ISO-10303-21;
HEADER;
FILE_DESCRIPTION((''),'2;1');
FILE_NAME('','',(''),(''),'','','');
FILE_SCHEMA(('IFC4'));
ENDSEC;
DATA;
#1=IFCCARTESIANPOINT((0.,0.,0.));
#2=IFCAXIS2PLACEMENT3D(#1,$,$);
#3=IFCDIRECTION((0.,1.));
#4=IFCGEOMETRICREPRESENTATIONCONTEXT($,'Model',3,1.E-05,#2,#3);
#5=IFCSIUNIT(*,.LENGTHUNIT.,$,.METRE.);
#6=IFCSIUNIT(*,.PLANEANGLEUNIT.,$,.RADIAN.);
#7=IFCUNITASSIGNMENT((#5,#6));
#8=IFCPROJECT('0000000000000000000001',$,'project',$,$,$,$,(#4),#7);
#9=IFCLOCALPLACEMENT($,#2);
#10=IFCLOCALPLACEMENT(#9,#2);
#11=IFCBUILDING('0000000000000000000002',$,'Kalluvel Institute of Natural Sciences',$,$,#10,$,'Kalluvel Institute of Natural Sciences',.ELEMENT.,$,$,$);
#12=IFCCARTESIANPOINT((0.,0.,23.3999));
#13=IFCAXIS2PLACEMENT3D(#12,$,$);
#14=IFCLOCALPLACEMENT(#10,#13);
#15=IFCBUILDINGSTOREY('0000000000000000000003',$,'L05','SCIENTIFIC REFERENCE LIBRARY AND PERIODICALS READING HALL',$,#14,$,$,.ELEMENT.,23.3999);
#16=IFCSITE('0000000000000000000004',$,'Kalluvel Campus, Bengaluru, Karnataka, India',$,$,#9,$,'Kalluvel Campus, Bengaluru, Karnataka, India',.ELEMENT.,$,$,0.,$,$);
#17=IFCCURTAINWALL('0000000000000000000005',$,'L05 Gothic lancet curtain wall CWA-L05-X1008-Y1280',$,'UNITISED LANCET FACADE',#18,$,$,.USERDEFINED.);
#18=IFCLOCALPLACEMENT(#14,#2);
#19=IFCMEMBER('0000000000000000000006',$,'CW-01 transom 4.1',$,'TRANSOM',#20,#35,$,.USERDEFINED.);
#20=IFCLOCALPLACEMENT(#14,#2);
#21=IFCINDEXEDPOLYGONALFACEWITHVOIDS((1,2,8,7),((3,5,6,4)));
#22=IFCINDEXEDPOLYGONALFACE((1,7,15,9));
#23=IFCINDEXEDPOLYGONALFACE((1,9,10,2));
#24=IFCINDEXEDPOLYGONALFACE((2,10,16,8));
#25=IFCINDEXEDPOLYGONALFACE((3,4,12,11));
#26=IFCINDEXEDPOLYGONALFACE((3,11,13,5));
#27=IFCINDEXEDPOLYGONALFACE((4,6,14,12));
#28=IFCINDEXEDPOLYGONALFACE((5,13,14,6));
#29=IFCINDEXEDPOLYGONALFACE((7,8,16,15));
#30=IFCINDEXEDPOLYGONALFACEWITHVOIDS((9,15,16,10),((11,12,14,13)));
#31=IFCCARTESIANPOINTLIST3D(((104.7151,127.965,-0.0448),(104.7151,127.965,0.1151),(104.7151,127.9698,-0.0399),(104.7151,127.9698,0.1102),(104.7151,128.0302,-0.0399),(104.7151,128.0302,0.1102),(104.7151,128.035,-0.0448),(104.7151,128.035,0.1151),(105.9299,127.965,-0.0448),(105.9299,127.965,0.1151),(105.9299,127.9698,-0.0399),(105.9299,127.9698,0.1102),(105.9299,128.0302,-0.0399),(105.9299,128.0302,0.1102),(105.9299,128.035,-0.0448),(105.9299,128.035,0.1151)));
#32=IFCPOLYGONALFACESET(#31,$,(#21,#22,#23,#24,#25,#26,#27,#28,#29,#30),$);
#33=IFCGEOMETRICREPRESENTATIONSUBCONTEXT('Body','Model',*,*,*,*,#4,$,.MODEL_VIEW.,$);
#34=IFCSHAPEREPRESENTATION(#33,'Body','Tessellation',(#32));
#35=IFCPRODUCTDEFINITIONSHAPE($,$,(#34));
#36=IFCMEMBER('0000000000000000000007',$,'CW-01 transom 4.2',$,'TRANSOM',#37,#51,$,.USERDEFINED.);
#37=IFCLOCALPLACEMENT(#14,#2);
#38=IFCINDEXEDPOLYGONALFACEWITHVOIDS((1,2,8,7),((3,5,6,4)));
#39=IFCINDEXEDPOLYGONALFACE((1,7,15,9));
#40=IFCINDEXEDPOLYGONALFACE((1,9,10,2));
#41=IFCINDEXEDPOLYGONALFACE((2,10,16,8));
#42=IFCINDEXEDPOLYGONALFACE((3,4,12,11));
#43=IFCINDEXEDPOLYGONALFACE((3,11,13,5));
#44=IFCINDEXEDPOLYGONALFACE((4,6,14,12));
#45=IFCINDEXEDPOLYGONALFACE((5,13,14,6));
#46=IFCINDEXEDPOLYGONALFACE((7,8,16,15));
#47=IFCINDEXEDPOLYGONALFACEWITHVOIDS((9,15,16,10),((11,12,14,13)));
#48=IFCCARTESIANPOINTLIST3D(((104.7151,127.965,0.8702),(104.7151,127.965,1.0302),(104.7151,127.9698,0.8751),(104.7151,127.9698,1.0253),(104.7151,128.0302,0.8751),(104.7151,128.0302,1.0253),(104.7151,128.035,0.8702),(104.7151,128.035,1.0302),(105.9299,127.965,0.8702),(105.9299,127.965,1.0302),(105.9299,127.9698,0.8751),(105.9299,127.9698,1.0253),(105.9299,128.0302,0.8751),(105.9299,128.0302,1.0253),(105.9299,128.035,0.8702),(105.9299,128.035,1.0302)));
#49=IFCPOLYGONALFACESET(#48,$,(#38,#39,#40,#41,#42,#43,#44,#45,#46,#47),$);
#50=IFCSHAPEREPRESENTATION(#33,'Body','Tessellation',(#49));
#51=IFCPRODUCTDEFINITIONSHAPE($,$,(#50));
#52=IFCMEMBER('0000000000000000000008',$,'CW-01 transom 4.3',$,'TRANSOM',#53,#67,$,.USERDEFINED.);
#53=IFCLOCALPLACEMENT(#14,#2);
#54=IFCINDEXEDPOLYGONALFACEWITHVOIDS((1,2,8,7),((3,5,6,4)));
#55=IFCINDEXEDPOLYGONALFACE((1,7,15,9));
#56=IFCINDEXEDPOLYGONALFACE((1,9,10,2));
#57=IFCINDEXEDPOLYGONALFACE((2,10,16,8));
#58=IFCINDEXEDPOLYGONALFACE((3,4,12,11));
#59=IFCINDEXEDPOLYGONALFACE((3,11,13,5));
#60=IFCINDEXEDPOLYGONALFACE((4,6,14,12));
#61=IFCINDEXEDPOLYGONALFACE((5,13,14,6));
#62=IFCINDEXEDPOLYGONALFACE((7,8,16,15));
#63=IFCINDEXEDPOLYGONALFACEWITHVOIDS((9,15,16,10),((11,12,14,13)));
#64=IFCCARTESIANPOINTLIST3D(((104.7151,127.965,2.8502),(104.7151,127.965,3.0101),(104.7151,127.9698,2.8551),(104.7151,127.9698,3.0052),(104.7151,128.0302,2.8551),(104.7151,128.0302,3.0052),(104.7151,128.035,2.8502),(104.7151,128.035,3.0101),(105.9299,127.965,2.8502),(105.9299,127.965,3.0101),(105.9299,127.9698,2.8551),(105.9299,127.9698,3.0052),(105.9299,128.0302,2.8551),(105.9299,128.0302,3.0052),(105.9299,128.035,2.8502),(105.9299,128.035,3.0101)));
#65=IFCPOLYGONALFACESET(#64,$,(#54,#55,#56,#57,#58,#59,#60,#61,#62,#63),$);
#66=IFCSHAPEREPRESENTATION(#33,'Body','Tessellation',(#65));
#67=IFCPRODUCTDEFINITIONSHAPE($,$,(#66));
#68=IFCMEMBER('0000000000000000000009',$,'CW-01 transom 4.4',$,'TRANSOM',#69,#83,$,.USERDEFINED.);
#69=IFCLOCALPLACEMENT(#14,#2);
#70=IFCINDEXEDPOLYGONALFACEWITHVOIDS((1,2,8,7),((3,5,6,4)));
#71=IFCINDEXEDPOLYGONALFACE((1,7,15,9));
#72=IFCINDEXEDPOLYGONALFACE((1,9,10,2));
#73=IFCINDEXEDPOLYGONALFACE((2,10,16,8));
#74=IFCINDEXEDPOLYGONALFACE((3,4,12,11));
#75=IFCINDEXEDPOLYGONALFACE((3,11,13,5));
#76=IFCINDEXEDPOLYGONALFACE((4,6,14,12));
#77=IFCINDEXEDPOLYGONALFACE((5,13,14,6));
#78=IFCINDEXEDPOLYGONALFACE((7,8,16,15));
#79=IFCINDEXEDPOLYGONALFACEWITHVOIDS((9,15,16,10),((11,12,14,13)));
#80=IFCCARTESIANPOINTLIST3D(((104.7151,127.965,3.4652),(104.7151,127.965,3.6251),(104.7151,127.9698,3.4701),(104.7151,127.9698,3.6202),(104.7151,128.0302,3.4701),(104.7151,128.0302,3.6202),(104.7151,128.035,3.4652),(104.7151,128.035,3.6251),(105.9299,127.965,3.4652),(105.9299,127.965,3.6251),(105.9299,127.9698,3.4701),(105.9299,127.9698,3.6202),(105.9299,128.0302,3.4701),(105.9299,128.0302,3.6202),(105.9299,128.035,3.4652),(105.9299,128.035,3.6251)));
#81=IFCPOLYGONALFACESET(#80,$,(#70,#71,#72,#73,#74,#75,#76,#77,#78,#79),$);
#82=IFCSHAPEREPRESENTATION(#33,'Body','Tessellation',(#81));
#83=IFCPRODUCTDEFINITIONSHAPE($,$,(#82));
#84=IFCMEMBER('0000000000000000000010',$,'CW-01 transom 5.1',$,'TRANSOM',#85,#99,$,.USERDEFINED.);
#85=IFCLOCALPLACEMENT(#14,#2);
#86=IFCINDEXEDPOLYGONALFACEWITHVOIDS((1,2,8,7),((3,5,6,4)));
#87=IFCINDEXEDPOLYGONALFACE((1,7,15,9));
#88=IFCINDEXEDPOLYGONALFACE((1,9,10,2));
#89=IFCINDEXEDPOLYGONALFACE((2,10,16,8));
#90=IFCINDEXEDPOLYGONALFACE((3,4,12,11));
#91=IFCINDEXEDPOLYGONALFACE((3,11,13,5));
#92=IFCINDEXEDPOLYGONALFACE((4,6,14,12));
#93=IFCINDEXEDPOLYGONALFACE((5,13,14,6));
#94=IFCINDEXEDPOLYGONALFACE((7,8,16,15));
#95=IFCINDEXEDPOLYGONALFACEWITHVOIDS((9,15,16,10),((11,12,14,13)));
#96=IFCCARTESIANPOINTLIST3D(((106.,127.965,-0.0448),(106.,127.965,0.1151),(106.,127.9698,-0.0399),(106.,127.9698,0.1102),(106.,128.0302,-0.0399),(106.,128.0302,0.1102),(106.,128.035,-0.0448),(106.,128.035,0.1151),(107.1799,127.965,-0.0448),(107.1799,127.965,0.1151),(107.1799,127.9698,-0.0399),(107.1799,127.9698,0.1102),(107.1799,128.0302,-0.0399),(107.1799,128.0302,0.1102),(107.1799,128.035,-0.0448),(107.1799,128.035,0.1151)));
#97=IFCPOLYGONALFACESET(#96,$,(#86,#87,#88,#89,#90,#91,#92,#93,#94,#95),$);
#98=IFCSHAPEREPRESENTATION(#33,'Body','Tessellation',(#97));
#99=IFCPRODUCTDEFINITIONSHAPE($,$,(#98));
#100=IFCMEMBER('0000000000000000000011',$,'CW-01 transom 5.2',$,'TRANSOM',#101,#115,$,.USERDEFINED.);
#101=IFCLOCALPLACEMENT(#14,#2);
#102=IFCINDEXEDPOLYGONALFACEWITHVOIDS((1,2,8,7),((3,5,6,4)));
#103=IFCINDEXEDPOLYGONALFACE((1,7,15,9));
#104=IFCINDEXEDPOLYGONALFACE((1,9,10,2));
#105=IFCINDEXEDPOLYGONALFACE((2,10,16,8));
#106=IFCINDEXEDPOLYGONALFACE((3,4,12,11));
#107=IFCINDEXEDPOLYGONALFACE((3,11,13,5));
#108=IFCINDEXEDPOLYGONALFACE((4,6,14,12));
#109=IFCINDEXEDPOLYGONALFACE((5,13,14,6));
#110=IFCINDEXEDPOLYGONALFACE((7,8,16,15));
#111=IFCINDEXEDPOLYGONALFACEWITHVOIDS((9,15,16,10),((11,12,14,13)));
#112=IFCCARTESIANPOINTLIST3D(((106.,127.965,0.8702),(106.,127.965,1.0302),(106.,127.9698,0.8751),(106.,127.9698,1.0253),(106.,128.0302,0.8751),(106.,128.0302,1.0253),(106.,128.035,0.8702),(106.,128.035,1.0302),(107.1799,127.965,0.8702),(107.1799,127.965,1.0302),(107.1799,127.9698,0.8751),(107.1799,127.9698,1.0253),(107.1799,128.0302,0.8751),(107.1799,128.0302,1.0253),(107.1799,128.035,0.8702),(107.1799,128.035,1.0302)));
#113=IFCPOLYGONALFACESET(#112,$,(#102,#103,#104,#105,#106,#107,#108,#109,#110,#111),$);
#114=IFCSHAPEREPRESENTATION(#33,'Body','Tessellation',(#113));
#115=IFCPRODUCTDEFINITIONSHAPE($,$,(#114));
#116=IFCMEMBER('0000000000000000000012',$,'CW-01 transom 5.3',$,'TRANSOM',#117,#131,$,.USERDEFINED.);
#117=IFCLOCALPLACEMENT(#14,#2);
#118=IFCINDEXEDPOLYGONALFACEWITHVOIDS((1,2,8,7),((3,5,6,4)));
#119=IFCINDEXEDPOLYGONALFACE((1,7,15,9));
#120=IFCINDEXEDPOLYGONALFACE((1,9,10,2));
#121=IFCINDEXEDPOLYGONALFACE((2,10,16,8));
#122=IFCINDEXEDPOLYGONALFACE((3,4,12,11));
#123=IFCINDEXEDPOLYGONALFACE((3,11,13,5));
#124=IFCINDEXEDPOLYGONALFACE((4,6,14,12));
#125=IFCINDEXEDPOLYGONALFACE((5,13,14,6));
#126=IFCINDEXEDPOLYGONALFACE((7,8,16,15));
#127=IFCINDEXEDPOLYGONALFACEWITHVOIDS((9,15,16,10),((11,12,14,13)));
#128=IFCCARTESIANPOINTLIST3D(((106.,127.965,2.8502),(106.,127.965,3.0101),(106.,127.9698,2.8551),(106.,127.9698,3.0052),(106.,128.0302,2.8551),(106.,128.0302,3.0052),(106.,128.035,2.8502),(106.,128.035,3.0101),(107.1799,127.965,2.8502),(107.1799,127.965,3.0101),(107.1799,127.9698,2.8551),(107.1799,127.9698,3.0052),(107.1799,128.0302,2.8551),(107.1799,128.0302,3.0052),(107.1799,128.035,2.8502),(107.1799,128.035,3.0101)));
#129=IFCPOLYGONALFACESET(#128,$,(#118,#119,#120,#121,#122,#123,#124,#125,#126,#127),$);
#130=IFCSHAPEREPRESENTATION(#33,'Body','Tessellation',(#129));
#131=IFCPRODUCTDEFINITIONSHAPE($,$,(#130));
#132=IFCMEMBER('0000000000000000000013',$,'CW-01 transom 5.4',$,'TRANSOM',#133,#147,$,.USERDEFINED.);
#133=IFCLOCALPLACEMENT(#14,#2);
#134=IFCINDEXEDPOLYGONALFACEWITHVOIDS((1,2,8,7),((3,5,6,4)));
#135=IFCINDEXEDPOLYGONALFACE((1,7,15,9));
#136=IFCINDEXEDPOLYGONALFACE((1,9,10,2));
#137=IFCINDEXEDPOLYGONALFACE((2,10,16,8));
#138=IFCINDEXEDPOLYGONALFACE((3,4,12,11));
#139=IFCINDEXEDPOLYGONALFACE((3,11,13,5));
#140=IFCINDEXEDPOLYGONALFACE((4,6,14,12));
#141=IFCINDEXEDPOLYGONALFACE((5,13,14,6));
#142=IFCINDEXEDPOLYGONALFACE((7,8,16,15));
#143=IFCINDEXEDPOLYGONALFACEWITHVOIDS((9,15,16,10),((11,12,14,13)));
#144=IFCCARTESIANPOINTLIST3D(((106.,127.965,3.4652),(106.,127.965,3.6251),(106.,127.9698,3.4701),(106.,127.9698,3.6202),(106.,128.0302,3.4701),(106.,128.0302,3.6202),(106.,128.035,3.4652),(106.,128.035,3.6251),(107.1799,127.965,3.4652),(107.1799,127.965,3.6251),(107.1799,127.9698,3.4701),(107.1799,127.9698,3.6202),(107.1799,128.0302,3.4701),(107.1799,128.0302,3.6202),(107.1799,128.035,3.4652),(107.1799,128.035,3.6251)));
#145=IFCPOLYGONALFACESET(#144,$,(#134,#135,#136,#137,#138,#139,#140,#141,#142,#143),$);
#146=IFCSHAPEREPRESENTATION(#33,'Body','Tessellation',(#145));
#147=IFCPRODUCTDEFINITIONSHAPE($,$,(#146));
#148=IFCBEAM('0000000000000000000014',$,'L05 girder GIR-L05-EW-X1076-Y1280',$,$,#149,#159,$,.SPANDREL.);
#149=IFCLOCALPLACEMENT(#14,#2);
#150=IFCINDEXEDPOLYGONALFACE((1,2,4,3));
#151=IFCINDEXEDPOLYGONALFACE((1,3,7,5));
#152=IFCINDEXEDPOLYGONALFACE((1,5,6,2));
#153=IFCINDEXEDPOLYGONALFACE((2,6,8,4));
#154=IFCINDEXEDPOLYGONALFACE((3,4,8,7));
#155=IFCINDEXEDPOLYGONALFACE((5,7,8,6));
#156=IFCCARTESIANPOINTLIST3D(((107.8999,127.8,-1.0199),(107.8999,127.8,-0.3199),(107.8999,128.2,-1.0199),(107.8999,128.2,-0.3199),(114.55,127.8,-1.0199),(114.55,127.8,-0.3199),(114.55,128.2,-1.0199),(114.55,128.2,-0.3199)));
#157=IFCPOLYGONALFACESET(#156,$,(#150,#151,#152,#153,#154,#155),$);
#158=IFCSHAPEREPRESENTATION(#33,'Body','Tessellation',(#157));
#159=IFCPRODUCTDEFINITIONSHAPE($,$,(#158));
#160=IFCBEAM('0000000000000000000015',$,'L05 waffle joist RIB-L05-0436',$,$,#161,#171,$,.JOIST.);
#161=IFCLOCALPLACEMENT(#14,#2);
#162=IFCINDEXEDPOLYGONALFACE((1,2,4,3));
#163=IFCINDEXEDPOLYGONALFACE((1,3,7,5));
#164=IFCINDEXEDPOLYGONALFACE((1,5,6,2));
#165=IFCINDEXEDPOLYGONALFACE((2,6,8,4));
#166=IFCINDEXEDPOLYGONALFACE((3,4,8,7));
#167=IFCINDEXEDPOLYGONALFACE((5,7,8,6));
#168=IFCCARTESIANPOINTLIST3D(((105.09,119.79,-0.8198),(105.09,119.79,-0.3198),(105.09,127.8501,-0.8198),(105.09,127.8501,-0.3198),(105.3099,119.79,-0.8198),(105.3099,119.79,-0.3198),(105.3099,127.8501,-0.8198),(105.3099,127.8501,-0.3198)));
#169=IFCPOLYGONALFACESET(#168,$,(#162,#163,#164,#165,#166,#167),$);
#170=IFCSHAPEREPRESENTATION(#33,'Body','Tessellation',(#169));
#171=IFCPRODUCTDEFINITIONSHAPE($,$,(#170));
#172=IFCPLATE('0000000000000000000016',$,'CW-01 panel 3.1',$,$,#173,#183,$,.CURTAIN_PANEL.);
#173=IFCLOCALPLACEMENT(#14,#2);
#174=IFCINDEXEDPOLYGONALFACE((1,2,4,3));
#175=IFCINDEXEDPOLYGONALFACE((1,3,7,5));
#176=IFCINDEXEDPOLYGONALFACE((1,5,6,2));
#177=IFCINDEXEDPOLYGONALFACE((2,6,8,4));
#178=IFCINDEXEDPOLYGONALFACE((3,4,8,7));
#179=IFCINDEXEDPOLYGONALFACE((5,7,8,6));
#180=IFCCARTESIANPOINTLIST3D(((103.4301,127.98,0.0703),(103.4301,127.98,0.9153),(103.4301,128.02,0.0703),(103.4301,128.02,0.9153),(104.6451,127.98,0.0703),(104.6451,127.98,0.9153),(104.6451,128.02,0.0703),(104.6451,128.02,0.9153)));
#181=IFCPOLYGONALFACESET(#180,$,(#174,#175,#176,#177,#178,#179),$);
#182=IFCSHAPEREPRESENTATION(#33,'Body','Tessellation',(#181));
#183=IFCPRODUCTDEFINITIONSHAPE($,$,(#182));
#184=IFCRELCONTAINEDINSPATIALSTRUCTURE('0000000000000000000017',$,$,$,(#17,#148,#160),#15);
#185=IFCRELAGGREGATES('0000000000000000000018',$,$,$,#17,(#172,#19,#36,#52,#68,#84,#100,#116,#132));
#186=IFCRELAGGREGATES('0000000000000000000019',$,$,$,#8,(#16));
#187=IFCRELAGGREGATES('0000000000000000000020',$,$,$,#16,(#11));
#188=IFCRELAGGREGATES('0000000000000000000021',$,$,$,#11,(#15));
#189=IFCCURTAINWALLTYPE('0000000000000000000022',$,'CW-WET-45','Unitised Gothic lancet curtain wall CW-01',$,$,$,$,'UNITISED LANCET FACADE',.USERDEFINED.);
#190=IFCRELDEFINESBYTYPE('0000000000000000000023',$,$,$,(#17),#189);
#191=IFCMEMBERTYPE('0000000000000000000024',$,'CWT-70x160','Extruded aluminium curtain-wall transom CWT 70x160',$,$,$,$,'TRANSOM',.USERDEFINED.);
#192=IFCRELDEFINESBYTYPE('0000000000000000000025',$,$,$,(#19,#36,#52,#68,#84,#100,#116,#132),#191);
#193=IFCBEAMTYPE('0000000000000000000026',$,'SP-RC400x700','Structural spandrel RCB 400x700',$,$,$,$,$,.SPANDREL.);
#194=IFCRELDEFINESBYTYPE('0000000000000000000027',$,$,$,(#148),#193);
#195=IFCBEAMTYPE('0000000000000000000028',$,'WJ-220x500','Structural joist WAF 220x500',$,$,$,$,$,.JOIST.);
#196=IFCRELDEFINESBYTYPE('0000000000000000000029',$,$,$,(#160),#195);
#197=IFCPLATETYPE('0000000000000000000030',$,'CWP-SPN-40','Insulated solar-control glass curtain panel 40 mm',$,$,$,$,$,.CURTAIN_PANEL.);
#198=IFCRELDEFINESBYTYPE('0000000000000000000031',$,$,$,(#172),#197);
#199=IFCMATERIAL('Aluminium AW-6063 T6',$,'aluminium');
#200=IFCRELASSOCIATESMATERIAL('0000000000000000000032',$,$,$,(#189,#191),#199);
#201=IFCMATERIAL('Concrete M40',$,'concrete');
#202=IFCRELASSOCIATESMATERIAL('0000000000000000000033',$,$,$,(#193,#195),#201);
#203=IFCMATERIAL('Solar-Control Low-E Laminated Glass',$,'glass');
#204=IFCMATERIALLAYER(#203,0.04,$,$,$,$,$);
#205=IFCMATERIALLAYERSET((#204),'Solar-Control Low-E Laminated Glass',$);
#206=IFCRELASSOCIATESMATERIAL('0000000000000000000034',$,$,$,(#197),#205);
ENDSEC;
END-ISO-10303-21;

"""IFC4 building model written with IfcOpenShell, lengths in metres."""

from ifc_helpers import new_model, si_unit, direction, frame, origin, origin_2d, place, context, subcontext, project, spatial, rectangle, hollow_rectangle, extrude, material, layer, layer_set, material_profile, profile_set, type_object, element, aggregate, save


model = new_model("IFC4")

# Units and contexts
model_context = context("Model", 3, precision=1e-05, world=origin(), true_north=direction((0.0, 1.0)))
body_context = subcontext(model_context, "Body", "Model", "MODEL_VIEW")
ifc_project = project(units=[si_unit("LENGTHUNIT", "METRE"), si_unit("PLANEANGLEUNIT", "RADIAN")], contexts=[model_context])

# Site, building, storey
site_placement = place(None, origin())
site = spatial("IfcSite", under=ifc_project, at=site_placement, Name="Kalluvel Campus, Bengaluru, Karnataka, India", LongName="Kalluvel Campus, Bengaluru, Karnataka, India", CompositionType="ELEMENT", RefElevation=0.0)
building_placement = place(site_placement, origin())
building = spatial("IfcBuilding", under=site, at=building_placement, Name="Kalluvel Institute of Natural Sciences", LongName="Kalluvel Institute of Natural Sciences", CompositionType="ELEMENT")
storey_placement = place(building_placement, frame((0.0, 0.0, 23.3999)))
storey = spatial("IfcBuildingStorey", under=building, at=storey_placement, Name="L05", Description="SCIENTIFIC REFERENCE LIBRARY AND PERIODICALS READING HALL", CompositionType="ELEMENT", Elevation=23.3999)

# Shared definitions
ifc_material_1 = material(Name="Concrete M40", Category="concrete")

# Curtain wall
ifc_material_2 = material(Name="Aluminium AW-6063 T6", Category="aluminium")
curtain_wall_type = type_object("IfcCurtainWallType", Name="CW-WET-45", Description="Unitised Gothic lancet curtain wall CW-01", ElementType="UNITISED LANCET FACADE", PredefinedType="USERDEFINED", material=ifc_material_2)
curtain_wall_1_placement = place(storey_placement, origin())
curtain_wall_1 = element("IfcCurtainWall", 1, at=curtain_wall_1_placement, inside=storey, type_object=curtain_wall_type, Name="L05 Gothic lancet curtain wall CWA-L05-X1008-Y1280", ObjectType="UNITISED LANCET FACADE", PredefinedType="USERDEFINED")

# Members
ifc_material_profile_1 = material_profile(ifc_material_2, hollow_rectangle(XDim=0.0701, YDim=0.1599, WallThickness=0.0049, at=origin_2d()), Name="CWT 70x160")
ifc_profile_set_1 = profile_set([ifc_material_profile_1], Name="Aluminium AW-6063 T6")
member_type_1 = type_object("IfcMemberType", Name="CWT-70x160", Description="Extruded aluminium curtain-wall transom CWT 70x160", ElementType="TRANSOM", PredefinedType="USERDEFINED", material=ifc_profile_set_1)
member_1_placement = place(storey_placement, frame((104.7151, 128.0, 0.0352), z_axis=(1.0, 0.0, 0.0), x_axis=(0.0, 1.0, 0.0)))
member_1 = element("IfcMember", 2, at=member_1_placement, type_object=member_type_1, Name="CW-01 transom 4.1", ObjectType="TRANSOM", PredefinedType="USERDEFINED", context=body_context, shape_type="SweptSolid", body=[
    extrude(hollow_rectangle(XDim=0.0701, YDim=0.1599, WallThickness=0.0049, at=origin_2d()), origin(), (0.0, 0.0, 1.0), 1.2148),
])
member_2_placement = place(storey_placement, frame((104.7151, 128.0, 0.9502), z_axis=(1.0, 0.0, 0.0), x_axis=(0.0, 1.0, 0.0)))
member_2 = element("IfcMember", 3, at=member_2_placement, type_object=member_type_1, Name="CW-01 transom 4.2", ObjectType="TRANSOM", PredefinedType="USERDEFINED", context=body_context, shape_type="SweptSolid", body=[
    extrude(hollow_rectangle(XDim=0.0701, YDim=0.1599, WallThickness=0.0049, at=origin_2d()), origin(), (0.0, 0.0, 1.0), 1.2148),
])
member_3_placement = place(storey_placement, frame((104.7151, 128.0, 2.9302), z_axis=(1.0, 0.0, 0.0), x_axis=(0.0, 1.0, 0.0)))
member_3 = element("IfcMember", 4, at=member_3_placement, type_object=member_type_1, Name="CW-01 transom 4.3", ObjectType="TRANSOM", PredefinedType="USERDEFINED", context=body_context, shape_type="SweptSolid", body=[
    extrude(hollow_rectangle(XDim=0.0701, YDim=0.1599, WallThickness=0.0049, at=origin_2d()), origin(), (0.0, 0.0, 1.0), 1.2148),
])
member_4_placement = place(storey_placement, frame((104.7151, 128.0, 3.5452), z_axis=(1.0, 0.0, 0.0), x_axis=(0.0, 1.0, 0.0)))
member_4 = element("IfcMember", 5, at=member_4_placement, type_object=member_type_1, Name="CW-01 transom 4.4", ObjectType="TRANSOM", PredefinedType="USERDEFINED", context=body_context, shape_type="SweptSolid", body=[
    extrude(hollow_rectangle(XDim=0.0701, YDim=0.1599, WallThickness=0.0049, at=origin_2d()), origin(), (0.0, 0.0, 1.0), 1.2148),
])
member_5_placement = place(storey_placement, frame((106.0, 128.0, 0.0352), z_axis=(1.0, 0.0, 0.0), x_axis=(0.0, 1.0, 0.0)))
member_5 = element("IfcMember", 6, at=member_5_placement, type_object=member_type_1, Name="CW-01 transom 5.1", ObjectType="TRANSOM", PredefinedType="USERDEFINED", context=body_context, shape_type="SweptSolid", body=[
    extrude(hollow_rectangle(XDim=0.0701, YDim=0.1599, WallThickness=0.0049, at=origin_2d()), origin(), (0.0, 0.0, 1.0), 1.1799),
])
member_6_placement = place(storey_placement, frame((106.0, 128.0, 0.9502), z_axis=(1.0, 0.0, 0.0), x_axis=(0.0, 1.0, 0.0)))
member_6 = element("IfcMember", 7, at=member_6_placement, type_object=member_type_1, Name="CW-01 transom 5.2", ObjectType="TRANSOM", PredefinedType="USERDEFINED", context=body_context, shape_type="SweptSolid", body=[
    extrude(hollow_rectangle(XDim=0.0701, YDim=0.1599, WallThickness=0.0049, at=origin_2d()), origin(), (0.0, 0.0, 1.0), 1.1799),
])
member_7_placement = place(storey_placement, frame((106.0, 128.0, 2.9302), z_axis=(1.0, 0.0, 0.0), x_axis=(0.0, 1.0, 0.0)))
member_7 = element("IfcMember", 8, at=member_7_placement, type_object=member_type_1, Name="CW-01 transom 5.3", ObjectType="TRANSOM", PredefinedType="USERDEFINED", context=body_context, shape_type="SweptSolid", body=[
    extrude(hollow_rectangle(XDim=0.0701, YDim=0.1599, WallThickness=0.0049, at=origin_2d()), origin(), (0.0, 0.0, 1.0), 1.1799),
])
member_8_placement = place(storey_placement, frame((106.0, 128.0, 3.5452), z_axis=(1.0, 0.0, 0.0), x_axis=(0.0, 1.0, 0.0)))
member_8 = element("IfcMember", 9, at=member_8_placement, type_object=member_type_1, Name="CW-01 transom 5.4", ObjectType="TRANSOM", PredefinedType="USERDEFINED", context=body_context, shape_type="SweptSolid", body=[
    extrude(hollow_rectangle(XDim=0.0701, YDim=0.1599, WallThickness=0.0049, at=origin_2d()), origin(), (0.0, 0.0, 1.0), 1.1799),
])

# Beams
ifc_material_profile_2 = material_profile(ifc_material_1, rectangle(XDim=0.3999, YDim=0.7, at=origin_2d()), Name="RCB 400x700")
ifc_profile_set_2 = profile_set([ifc_material_profile_2], Name="Concrete M40")
beam_type_1 = type_object("IfcBeamType", Name="SP-RC400x700", Description="Structural spandrel RCB 400x700", PredefinedType="SPANDREL", material=ifc_profile_set_2)
beam_1_placement = place(storey_placement, frame((107.8999, 128.0, -0.6699), z_axis=(1.0, 0.0, 0.0), x_axis=(0.0, 1.0, 0.0)))
element("IfcBeam", 10, at=beam_1_placement, inside=storey, type_object=beam_type_1, Name="L05 girder GIR-L05-EW-X1076-Y1280", PredefinedType="SPANDREL", context=body_context, shape_type="SweptSolid", body=[
    extrude(rectangle(XDim=0.3999, YDim=0.7, at=origin_2d()), origin(), (0.0, 0.0, 1.0), 6.6501),
])
ifc_material_profile_3 = material_profile(ifc_material_1, rectangle(XDim=0.22, YDim=0.5, at=origin_2d()), Name="WAF 220x500")
ifc_profile_set_3 = profile_set([ifc_material_profile_3], Name="Concrete M40")
beam_type_2 = type_object("IfcBeamType", Name="WJ-220x500", Description="Structural joist WAF 220x500", PredefinedType="JOIST", material=ifc_profile_set_3)
beam_2_placement = place(storey_placement, frame((105.2, 119.79, -0.5698), z_axis=(0.0, 1.0, 0.0), x_axis=(-1.0, 0.0, 0.0)))
element("IfcBeam", 11, at=beam_2_placement, inside=storey, type_object=beam_type_2, Name="L05 waffle joist RIB-L05-0436", PredefinedType="JOIST", context=body_context, shape_type="SweptSolid", body=[
    extrude(rectangle(XDim=0.22, YDim=0.5, at=origin_2d()), origin(), (0.0, 0.0, 1.0), 8.0601),
])

# Plate
ifc_material_3 = material(Name="Solar-Control Low-E Laminated Glass", Category="glass")
ifc_layer = layer(ifc_material_3, 0.04)
ifc_layer_set = layer_set([ifc_layer], Name="Solar-Control Low-E Laminated Glass")
plate_type = type_object("IfcPlateType", Name="CWP-SPN-40", Description="Insulated solar-control glass curtain panel 40 mm", PredefinedType="CURTAIN_PANEL", material=ifc_layer_set)
plate_1_placement = place(storey_placement, frame((104.0376, 128.0, 0.0703), z_axis=(0.0, 0.0, 1.0), x_axis=(1.0, 0.0, 0.0)))
plate_1 = element("IfcPlate", 12, at=plate_1_placement, type_object=plate_type, Name="CW-01 panel 3.1", PredefinedType="CURTAIN_PANEL", context=body_context, shape_type="SweptSolid", body=[
    extrude(rectangle(XDim=1.2151, YDim=0.04, at=origin_2d()), origin(), (0.0, 0.0, 1.0), 0.845),
])
aggregate(curtain_wall_1, [plate_1, member_1, member_2, member_3, member_4, member_5, member_6, member_7, member_8])

save(model, "model.ifc")
